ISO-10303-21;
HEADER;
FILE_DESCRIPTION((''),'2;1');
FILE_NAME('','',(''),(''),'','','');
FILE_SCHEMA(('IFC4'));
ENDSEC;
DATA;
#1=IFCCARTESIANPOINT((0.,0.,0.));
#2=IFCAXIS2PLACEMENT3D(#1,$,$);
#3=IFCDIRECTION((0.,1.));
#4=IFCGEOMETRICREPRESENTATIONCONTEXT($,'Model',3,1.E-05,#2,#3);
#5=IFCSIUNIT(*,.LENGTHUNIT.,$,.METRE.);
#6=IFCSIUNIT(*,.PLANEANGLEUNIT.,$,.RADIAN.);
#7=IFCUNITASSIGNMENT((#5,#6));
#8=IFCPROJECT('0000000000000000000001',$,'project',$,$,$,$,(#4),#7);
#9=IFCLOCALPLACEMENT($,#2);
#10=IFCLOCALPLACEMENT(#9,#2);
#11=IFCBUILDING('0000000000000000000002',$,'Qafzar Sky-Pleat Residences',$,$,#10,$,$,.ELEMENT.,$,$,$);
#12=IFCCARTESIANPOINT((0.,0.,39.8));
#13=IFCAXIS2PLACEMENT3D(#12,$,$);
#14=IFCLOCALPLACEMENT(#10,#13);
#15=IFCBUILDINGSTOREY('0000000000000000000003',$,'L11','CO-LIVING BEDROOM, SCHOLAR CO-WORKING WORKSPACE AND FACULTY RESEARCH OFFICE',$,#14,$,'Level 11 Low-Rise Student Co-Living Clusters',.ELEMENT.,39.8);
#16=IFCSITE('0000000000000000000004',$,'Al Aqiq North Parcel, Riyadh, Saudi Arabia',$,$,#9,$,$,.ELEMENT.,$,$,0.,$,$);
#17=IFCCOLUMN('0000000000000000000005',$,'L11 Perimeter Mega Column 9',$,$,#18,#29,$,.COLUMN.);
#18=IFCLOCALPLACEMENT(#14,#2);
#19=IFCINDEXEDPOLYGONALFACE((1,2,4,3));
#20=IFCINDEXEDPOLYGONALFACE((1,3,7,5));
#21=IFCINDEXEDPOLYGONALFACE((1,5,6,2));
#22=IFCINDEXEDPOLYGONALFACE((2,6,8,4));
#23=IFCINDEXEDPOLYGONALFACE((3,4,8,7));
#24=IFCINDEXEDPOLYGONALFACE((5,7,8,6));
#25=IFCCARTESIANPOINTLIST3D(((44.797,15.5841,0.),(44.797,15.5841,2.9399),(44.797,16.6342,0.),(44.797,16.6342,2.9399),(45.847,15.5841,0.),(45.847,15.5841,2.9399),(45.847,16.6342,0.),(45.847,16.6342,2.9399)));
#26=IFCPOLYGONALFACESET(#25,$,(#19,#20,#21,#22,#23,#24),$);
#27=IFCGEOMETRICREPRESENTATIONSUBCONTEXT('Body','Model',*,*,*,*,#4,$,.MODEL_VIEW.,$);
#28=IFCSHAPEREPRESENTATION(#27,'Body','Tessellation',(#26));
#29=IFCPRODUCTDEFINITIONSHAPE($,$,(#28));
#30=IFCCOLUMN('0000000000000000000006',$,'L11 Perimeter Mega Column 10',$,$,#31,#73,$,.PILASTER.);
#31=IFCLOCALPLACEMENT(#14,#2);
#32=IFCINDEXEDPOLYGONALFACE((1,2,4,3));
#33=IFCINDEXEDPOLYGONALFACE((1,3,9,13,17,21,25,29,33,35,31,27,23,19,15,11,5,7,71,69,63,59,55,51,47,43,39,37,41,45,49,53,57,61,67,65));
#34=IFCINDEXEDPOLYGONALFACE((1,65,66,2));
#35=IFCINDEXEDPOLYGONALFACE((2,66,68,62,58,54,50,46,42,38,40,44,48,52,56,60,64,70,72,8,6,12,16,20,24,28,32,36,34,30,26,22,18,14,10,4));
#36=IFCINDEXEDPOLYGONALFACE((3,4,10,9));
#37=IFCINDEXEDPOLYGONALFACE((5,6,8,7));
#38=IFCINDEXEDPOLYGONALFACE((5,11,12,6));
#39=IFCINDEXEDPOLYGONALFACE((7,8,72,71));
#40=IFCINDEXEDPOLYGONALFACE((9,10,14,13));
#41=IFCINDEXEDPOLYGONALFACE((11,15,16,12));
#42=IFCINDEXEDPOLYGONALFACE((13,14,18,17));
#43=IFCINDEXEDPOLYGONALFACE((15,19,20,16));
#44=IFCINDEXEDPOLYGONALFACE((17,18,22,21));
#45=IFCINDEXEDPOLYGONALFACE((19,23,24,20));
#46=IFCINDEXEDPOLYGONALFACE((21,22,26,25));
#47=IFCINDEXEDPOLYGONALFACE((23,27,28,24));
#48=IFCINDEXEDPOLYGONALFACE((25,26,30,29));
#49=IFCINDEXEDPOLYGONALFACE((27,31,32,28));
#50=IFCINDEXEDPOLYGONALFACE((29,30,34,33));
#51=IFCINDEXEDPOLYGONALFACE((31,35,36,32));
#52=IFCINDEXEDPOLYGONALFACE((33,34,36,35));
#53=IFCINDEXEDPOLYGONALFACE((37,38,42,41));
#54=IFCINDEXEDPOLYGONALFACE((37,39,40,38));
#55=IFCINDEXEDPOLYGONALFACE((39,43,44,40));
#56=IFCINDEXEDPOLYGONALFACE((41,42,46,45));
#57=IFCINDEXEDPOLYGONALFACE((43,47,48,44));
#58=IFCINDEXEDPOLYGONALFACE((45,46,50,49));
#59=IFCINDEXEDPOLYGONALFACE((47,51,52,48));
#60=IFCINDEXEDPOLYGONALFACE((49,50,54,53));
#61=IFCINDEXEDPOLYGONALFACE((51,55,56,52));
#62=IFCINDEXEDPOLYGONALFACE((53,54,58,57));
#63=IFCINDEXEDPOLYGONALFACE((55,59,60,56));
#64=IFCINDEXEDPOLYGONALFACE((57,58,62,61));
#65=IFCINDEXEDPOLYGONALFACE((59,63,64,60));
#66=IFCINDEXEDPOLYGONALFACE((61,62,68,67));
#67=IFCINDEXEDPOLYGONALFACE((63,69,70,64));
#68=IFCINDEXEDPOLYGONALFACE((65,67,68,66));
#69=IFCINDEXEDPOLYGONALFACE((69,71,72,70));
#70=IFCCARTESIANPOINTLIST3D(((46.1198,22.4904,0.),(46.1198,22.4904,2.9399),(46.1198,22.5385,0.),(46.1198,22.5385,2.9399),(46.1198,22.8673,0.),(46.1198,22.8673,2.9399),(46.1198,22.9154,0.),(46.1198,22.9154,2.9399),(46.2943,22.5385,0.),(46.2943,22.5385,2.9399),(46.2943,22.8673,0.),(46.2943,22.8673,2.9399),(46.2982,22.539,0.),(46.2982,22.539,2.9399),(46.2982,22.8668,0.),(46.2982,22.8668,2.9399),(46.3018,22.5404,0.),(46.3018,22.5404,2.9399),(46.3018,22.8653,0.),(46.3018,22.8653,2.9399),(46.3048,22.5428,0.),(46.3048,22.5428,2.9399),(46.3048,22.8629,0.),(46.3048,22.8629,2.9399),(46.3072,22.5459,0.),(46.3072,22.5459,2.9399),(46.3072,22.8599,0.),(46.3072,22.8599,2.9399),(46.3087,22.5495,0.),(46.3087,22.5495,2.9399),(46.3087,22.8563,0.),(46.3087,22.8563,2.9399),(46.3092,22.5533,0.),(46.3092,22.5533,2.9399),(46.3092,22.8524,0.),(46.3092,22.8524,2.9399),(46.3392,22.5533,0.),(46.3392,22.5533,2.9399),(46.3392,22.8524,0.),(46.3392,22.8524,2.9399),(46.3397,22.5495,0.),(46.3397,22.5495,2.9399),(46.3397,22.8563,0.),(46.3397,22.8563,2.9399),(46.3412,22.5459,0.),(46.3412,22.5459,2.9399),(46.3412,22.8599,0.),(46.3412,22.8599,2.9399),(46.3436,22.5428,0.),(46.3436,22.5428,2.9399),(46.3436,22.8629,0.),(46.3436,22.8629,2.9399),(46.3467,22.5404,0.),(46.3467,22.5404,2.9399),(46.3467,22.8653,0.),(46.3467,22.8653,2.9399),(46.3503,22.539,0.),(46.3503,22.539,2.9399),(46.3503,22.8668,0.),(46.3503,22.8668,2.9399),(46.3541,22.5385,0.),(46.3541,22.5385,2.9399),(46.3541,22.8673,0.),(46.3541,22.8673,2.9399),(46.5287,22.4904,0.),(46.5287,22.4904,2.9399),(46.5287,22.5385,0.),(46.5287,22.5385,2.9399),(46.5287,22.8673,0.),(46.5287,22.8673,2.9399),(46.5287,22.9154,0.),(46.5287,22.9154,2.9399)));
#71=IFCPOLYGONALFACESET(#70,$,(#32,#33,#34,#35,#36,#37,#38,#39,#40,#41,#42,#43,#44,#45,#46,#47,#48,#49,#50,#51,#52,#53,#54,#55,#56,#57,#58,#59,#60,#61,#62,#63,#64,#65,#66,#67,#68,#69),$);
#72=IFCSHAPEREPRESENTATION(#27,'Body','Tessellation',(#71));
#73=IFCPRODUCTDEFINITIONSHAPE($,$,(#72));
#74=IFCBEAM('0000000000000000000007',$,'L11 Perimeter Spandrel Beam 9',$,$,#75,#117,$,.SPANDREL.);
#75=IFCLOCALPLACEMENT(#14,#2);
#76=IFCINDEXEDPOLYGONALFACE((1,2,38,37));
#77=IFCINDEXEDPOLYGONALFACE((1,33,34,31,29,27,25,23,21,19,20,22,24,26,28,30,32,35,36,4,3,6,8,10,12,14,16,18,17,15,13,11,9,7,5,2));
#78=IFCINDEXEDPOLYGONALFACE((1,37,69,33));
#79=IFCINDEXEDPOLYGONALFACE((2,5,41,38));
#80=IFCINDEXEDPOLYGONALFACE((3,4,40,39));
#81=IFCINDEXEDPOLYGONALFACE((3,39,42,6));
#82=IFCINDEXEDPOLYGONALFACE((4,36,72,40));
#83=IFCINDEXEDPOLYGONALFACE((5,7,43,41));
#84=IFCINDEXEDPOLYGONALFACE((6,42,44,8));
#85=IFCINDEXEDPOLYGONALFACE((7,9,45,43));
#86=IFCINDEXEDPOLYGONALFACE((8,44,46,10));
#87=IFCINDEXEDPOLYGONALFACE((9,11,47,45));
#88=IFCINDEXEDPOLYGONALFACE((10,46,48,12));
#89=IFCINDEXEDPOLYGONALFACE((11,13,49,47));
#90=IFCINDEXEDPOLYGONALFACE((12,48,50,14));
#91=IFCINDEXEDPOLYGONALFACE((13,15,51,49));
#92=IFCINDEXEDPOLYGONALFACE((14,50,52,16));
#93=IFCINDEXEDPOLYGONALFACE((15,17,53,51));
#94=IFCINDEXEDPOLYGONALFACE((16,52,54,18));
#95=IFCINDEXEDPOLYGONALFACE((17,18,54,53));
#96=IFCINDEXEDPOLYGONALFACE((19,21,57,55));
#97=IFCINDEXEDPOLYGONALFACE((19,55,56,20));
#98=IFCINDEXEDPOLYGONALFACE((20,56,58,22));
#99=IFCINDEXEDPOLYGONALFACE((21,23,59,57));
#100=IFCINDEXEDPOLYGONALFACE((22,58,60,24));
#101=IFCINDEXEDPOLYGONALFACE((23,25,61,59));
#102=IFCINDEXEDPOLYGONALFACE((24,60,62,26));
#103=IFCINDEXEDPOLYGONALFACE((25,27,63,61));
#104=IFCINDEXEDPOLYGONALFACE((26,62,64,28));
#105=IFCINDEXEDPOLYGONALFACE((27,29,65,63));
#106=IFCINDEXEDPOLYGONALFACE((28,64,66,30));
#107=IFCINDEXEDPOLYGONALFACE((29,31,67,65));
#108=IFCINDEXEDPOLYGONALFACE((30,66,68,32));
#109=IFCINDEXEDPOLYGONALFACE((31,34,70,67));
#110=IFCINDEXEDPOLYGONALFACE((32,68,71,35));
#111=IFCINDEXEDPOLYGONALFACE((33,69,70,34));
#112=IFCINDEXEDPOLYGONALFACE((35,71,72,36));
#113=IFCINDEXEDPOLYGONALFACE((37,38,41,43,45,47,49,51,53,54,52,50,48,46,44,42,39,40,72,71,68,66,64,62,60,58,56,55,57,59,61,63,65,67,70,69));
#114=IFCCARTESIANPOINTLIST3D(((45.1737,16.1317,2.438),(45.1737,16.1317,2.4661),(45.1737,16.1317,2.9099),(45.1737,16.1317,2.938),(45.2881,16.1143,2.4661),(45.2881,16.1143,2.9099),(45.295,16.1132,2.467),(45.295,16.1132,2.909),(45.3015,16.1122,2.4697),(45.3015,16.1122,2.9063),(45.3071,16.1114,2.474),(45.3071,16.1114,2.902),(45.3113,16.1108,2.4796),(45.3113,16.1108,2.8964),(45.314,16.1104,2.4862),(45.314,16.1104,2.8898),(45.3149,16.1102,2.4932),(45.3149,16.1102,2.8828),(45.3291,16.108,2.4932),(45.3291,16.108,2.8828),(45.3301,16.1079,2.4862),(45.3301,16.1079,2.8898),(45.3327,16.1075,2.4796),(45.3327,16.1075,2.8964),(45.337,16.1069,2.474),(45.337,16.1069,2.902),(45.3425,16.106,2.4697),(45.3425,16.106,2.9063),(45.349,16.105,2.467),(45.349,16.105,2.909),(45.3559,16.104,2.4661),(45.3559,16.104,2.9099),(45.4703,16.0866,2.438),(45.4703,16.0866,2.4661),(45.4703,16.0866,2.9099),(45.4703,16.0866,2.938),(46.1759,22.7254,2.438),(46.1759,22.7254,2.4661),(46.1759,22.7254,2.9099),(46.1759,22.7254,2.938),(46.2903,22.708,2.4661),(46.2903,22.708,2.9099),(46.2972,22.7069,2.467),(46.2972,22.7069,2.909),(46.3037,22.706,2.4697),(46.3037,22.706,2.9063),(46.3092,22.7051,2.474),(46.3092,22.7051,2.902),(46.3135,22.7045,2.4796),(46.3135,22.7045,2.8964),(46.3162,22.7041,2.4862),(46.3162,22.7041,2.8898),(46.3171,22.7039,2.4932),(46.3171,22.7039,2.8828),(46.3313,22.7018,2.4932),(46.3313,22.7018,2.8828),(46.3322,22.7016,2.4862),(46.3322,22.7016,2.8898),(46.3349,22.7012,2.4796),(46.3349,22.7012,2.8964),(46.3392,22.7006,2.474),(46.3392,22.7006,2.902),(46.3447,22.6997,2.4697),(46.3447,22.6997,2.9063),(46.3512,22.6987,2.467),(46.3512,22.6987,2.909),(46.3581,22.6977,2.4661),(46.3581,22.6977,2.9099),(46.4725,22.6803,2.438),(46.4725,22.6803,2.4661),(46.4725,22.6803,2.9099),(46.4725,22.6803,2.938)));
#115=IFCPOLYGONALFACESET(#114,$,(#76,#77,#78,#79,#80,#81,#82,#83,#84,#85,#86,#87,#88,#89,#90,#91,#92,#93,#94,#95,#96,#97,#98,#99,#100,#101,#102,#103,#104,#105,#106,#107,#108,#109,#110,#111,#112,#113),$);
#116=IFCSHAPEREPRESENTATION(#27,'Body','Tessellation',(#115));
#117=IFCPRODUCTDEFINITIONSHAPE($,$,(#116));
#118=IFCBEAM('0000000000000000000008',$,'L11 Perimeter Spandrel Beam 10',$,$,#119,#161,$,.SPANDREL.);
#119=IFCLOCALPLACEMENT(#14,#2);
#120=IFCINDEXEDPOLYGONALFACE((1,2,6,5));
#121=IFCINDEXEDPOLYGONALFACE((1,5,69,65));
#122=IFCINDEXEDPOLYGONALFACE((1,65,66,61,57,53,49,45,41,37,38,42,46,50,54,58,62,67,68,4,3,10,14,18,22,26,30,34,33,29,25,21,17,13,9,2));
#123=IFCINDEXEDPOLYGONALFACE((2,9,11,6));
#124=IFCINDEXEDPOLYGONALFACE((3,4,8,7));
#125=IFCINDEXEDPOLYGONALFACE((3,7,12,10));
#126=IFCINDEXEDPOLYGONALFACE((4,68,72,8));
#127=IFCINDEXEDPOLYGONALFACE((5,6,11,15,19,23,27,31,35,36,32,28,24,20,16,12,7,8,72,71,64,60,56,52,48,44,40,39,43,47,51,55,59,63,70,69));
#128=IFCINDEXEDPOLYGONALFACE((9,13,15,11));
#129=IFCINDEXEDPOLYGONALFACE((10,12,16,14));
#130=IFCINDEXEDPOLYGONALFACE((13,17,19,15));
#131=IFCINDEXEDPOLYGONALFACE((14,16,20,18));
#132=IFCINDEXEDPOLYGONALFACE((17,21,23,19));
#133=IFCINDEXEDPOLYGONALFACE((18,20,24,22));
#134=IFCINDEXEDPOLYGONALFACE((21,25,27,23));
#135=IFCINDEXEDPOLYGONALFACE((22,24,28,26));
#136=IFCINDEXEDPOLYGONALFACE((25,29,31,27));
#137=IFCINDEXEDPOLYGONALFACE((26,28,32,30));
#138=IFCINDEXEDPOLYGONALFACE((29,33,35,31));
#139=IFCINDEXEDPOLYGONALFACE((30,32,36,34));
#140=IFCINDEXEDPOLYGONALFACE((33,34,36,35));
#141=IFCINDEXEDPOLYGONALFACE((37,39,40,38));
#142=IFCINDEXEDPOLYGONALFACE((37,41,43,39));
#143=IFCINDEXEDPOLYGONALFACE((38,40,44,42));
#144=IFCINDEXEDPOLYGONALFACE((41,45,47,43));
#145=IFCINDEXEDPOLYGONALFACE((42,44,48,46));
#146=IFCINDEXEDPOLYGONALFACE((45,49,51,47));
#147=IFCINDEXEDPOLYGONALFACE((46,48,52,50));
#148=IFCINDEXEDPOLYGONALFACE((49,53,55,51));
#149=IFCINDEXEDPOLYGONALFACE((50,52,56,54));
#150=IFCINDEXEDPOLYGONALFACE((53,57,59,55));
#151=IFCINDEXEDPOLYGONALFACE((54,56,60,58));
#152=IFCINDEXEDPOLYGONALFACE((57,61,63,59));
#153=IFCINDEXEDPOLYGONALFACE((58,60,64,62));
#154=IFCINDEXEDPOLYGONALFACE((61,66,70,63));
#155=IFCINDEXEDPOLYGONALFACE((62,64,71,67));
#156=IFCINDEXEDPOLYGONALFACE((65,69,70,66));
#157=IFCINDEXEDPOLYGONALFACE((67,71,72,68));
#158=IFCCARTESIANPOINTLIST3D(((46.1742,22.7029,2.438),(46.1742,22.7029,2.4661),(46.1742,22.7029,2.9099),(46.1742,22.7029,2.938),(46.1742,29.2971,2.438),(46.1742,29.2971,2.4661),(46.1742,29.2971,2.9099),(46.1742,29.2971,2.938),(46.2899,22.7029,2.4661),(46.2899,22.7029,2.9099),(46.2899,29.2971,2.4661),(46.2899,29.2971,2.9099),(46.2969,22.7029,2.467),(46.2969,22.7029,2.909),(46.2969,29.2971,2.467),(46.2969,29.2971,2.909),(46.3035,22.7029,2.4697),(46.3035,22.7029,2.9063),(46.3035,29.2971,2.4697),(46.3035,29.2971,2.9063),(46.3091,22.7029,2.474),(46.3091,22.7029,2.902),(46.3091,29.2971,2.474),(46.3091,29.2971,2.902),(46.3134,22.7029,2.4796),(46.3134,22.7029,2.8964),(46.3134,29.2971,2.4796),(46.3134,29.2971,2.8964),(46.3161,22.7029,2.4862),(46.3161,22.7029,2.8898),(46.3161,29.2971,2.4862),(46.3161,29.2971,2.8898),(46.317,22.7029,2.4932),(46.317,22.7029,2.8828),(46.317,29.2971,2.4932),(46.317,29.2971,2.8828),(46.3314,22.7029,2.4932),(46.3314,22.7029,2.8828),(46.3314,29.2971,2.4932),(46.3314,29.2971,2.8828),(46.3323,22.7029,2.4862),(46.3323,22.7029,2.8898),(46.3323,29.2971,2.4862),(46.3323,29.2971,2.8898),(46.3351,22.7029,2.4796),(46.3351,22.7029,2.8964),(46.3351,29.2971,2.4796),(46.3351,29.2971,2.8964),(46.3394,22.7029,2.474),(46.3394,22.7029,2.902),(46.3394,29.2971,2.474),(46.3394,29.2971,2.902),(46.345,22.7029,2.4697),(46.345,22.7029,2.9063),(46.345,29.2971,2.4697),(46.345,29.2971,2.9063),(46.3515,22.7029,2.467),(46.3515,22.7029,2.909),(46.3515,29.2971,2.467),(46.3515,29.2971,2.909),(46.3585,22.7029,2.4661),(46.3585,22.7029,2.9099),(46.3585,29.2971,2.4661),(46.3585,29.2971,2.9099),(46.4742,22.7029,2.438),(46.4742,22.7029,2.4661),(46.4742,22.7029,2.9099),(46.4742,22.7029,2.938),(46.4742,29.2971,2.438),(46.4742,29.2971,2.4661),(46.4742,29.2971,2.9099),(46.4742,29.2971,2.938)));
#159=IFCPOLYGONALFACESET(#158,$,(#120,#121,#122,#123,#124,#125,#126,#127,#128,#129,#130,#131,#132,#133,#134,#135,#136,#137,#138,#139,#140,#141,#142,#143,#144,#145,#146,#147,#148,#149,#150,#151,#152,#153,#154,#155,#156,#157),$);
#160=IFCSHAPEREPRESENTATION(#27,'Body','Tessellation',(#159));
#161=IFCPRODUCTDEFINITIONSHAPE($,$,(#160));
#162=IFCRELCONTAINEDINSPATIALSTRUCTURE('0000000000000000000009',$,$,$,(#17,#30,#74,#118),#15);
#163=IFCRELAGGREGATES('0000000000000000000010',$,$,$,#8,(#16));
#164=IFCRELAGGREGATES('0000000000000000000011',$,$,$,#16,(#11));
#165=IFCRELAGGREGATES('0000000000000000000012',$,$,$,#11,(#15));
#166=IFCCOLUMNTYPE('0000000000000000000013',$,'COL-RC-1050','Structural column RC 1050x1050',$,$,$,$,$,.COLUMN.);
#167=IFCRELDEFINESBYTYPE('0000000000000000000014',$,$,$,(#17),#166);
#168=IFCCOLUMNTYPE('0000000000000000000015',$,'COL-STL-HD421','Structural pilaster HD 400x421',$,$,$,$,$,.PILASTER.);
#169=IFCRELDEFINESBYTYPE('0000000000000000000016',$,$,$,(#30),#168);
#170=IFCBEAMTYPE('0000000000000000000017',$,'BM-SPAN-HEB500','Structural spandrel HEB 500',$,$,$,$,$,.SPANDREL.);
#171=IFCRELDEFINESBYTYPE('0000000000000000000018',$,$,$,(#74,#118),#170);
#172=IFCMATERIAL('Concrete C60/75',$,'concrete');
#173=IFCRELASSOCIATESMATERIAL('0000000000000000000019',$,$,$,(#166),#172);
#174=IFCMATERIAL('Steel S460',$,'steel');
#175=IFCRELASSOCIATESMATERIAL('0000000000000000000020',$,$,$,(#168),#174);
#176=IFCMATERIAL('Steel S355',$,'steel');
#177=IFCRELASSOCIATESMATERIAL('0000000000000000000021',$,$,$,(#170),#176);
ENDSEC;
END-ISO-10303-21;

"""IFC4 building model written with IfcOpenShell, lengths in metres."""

from ifc_helpers import new_model, si_unit, direction, frame, origin, origin_2d, place, context, subcontext, project, spatial, rectangle, i_section, extrude, source, transform, mapped, material, material_profile, profile_set, type_object, element, save


model = new_model("IFC4")

# Units and contexts
model_context = context("Model", 3, precision=1e-05, world=origin(), true_north=direction((0.0, 1.0)))
body_context = subcontext(model_context, "Body", "Model", "MODEL_VIEW")
ifc_project = project(units=[si_unit("LENGTHUNIT", "METRE"), si_unit("PLANEANGLEUNIT", "RADIAN")], contexts=[model_context])

# Site, building, storey
site_placement = place(None, origin())
site = spatial("IfcSite", under=ifc_project, at=site_placement, Name="Al Aqiq North Parcel, Riyadh, Saudi Arabia", CompositionType="ELEMENT", RefElevation=0.0)
building_placement = place(site_placement, origin())
building = spatial("IfcBuilding", under=site, at=building_placement, Name="Qafzar Sky-Pleat Residences", CompositionType="ELEMENT")
storey_placement = place(building_placement, frame((0.0, 0.0, 39.8)))
storey = spatial("IfcBuildingStorey", under=building, at=storey_placement, Name="L11", Description="CO-LIVING BEDROOM, SCHOLAR CO-WORKING WORKSPACE AND FACULTY RESEARCH OFFICE", LongName="Level 11 Low-Rise Student Co-Living Clusters", CompositionType="ELEMENT", Elevation=39.8)

# Columns
ifc_material_1 = material(Name="Concrete C60/75", Category="concrete")
ifc_material_profile_1 = material_profile(ifc_material_1, rectangle(XDim=1.05, YDim=1.05, at=origin_2d()), Name="RC 1050x1050")
ifc_profile_set_1 = profile_set([ifc_material_profile_1], Name="Concrete C60/75")
column_type_1 = type_object("IfcColumnType", Name="COL-RC-1050", Description="Structural column RC 1050x1050", PredefinedType="COLUMN", material=ifc_profile_set_1)
shared_shape_1 = source(origin(), body_context, "Body", "SweptSolid", [
    extrude(rectangle(XDim=1.05, YDim=1.05, at=origin_2d()), origin(), (0.0, 0.0, 1.0), 2.9399),
])
column_1_placement = place(storey_placement, frame((45.322, 16.1091, 0.0), z_axis=(0.0, 0.0, 1.0), x_axis=(1.0, 0.0, 0.0)))
element("IfcColumn", 1, at=column_1_placement, inside=storey, type_object=column_type_1, Name="L11 Perimeter Mega Column 9", PredefinedType="COLUMN", context=body_context, shape_type="MappedRepresentation", body=[
    mapped(shared_shape_1, transform((0.0, 0.0, 0.0), x_axis=(1.0, 0.0, 0.0), y_axis=(0.0, 1.0, 0.0), z_axis=(0.0, 0.0, 1.0), scale=1.0)),
])
ifc_material_2 = material(Name="Steel S460", Category="steel")
ifc_material_profile_2 = material_profile(ifc_material_2, i_section(OverallWidth=0.4089, OverallDepth=0.425, WebThickness=0.03, FlangeThickness=0.0481, FilletRadius=0.0149, at=origin_2d()), Name="HD 400x421")
ifc_profile_set_2 = profile_set([ifc_material_profile_2], Name="Steel S460")
column_type_2 = type_object("IfcColumnType", Name="COL-STL-HD421", Description="Structural pilaster HD 400x421", PredefinedType="PILASTER", material=ifc_profile_set_2)
shared_shape_2 = source(origin(), body_context, "Body", "SweptSolid", [
    extrude(i_section(OverallWidth=0.4089, OverallDepth=0.425, WebThickness=0.03, FlangeThickness=0.0481, FilletRadius=0.0149, at=origin_2d()), origin(), (0.0, 0.0, 1.0), 2.9399),
])
column_2_placement = place(storey_placement, frame((46.3242, 22.7029, 0.0), z_axis=(0.0, 0.0, 1.0), x_axis=(1.0, 0.0, 0.0)))
element("IfcColumn", 2, at=column_2_placement, inside=storey, type_object=column_type_2, Name="L11 Perimeter Mega Column 10", PredefinedType="PILASTER", context=body_context, shape_type="MappedRepresentation", body=[
    mapped(shared_shape_2, transform((0.0, 0.0, 0.0), x_axis=(1.0, 0.0, 0.0), y_axis=(0.0, 1.0, 0.0), z_axis=(0.0, 0.0, 1.0), scale=1.0)),
])

# Beams
ifc_material_3 = material(Name="Steel S355", Category="steel")
ifc_material_profile_3 = material_profile(ifc_material_3, i_section(OverallWidth=0.3, OverallDepth=0.5, WebThickness=0.0144, FlangeThickness=0.0281, FilletRadius=0.0271, at=origin_2d()), Name="HEB 500")
ifc_profile_set_3 = profile_set([ifc_material_profile_3], Name="Steel S355")
beam_type_1 = type_object("IfcBeamType", Name="BM-SPAN-HEB500", Description="Structural spandrel HEB 500", PredefinedType="SPANDREL", material=ifc_profile_set_3)
shared_shape_3 = source(origin(), body_context, "Body", "SweptSolid", [
    extrude(i_section(OverallWidth=0.3, OverallDepth=0.5, WebThickness=0.0144, FlangeThickness=0.0281, FilletRadius=0.0271, at=origin_2d()), origin(), (0.0, 0.0, 1.0), 6.6694),
])
beam_1_placement = place(storey_placement, frame((45.322, 16.1091, 2.688), z_axis=(0.150266, 0.988646, 0.0), x_axis=(-0.988646, 0.150266, 0.0)))
element("IfcBeam", 3, at=beam_1_placement, inside=storey, type_object=beam_type_1, Name="L11 Perimeter Spandrel Beam 9", PredefinedType="SPANDREL", context=body_context, shape_type="MappedRepresentation", body=[
    mapped(shared_shape_3, transform((0.0, 0.0, 0.0), x_axis=(1.0, 0.0, 0.0), y_axis=(0.0, 1.0, 0.0), z_axis=(0.0, 0.0, 1.0), scale=1.0)),
])
shared_shape_4 = source(origin(), body_context, "Body", "SweptSolid", [
    extrude(i_section(OverallWidth=0.3, OverallDepth=0.5, WebThickness=0.0144, FlangeThickness=0.0281, FilletRadius=0.0271, at=origin_2d()), origin(), (0.0, 0.0, 1.0), 6.5942),
])
beam_2_placement = place(storey_placement, frame((46.3242, 22.7029, 2.688), z_axis=(0.0, 1.0, 0.0), x_axis=(-1.0, 0.0, 0.0)))
element("IfcBeam", 4, at=beam_2_placement, inside=storey, type_object=beam_type_1, Name="L11 Perimeter Spandrel Beam 10", PredefinedType="SPANDREL", context=body_context, shape_type="MappedRepresentation", body=[
    mapped(shared_shape_4, transform((0.0, 0.0, 0.0), x_axis=(1.0, 0.0, 0.0), y_axis=(0.0, 1.0, 0.0), z_axis=(0.0, 0.0, 1.0), scale=1.0)),
])

save(model, "model.ifc")
